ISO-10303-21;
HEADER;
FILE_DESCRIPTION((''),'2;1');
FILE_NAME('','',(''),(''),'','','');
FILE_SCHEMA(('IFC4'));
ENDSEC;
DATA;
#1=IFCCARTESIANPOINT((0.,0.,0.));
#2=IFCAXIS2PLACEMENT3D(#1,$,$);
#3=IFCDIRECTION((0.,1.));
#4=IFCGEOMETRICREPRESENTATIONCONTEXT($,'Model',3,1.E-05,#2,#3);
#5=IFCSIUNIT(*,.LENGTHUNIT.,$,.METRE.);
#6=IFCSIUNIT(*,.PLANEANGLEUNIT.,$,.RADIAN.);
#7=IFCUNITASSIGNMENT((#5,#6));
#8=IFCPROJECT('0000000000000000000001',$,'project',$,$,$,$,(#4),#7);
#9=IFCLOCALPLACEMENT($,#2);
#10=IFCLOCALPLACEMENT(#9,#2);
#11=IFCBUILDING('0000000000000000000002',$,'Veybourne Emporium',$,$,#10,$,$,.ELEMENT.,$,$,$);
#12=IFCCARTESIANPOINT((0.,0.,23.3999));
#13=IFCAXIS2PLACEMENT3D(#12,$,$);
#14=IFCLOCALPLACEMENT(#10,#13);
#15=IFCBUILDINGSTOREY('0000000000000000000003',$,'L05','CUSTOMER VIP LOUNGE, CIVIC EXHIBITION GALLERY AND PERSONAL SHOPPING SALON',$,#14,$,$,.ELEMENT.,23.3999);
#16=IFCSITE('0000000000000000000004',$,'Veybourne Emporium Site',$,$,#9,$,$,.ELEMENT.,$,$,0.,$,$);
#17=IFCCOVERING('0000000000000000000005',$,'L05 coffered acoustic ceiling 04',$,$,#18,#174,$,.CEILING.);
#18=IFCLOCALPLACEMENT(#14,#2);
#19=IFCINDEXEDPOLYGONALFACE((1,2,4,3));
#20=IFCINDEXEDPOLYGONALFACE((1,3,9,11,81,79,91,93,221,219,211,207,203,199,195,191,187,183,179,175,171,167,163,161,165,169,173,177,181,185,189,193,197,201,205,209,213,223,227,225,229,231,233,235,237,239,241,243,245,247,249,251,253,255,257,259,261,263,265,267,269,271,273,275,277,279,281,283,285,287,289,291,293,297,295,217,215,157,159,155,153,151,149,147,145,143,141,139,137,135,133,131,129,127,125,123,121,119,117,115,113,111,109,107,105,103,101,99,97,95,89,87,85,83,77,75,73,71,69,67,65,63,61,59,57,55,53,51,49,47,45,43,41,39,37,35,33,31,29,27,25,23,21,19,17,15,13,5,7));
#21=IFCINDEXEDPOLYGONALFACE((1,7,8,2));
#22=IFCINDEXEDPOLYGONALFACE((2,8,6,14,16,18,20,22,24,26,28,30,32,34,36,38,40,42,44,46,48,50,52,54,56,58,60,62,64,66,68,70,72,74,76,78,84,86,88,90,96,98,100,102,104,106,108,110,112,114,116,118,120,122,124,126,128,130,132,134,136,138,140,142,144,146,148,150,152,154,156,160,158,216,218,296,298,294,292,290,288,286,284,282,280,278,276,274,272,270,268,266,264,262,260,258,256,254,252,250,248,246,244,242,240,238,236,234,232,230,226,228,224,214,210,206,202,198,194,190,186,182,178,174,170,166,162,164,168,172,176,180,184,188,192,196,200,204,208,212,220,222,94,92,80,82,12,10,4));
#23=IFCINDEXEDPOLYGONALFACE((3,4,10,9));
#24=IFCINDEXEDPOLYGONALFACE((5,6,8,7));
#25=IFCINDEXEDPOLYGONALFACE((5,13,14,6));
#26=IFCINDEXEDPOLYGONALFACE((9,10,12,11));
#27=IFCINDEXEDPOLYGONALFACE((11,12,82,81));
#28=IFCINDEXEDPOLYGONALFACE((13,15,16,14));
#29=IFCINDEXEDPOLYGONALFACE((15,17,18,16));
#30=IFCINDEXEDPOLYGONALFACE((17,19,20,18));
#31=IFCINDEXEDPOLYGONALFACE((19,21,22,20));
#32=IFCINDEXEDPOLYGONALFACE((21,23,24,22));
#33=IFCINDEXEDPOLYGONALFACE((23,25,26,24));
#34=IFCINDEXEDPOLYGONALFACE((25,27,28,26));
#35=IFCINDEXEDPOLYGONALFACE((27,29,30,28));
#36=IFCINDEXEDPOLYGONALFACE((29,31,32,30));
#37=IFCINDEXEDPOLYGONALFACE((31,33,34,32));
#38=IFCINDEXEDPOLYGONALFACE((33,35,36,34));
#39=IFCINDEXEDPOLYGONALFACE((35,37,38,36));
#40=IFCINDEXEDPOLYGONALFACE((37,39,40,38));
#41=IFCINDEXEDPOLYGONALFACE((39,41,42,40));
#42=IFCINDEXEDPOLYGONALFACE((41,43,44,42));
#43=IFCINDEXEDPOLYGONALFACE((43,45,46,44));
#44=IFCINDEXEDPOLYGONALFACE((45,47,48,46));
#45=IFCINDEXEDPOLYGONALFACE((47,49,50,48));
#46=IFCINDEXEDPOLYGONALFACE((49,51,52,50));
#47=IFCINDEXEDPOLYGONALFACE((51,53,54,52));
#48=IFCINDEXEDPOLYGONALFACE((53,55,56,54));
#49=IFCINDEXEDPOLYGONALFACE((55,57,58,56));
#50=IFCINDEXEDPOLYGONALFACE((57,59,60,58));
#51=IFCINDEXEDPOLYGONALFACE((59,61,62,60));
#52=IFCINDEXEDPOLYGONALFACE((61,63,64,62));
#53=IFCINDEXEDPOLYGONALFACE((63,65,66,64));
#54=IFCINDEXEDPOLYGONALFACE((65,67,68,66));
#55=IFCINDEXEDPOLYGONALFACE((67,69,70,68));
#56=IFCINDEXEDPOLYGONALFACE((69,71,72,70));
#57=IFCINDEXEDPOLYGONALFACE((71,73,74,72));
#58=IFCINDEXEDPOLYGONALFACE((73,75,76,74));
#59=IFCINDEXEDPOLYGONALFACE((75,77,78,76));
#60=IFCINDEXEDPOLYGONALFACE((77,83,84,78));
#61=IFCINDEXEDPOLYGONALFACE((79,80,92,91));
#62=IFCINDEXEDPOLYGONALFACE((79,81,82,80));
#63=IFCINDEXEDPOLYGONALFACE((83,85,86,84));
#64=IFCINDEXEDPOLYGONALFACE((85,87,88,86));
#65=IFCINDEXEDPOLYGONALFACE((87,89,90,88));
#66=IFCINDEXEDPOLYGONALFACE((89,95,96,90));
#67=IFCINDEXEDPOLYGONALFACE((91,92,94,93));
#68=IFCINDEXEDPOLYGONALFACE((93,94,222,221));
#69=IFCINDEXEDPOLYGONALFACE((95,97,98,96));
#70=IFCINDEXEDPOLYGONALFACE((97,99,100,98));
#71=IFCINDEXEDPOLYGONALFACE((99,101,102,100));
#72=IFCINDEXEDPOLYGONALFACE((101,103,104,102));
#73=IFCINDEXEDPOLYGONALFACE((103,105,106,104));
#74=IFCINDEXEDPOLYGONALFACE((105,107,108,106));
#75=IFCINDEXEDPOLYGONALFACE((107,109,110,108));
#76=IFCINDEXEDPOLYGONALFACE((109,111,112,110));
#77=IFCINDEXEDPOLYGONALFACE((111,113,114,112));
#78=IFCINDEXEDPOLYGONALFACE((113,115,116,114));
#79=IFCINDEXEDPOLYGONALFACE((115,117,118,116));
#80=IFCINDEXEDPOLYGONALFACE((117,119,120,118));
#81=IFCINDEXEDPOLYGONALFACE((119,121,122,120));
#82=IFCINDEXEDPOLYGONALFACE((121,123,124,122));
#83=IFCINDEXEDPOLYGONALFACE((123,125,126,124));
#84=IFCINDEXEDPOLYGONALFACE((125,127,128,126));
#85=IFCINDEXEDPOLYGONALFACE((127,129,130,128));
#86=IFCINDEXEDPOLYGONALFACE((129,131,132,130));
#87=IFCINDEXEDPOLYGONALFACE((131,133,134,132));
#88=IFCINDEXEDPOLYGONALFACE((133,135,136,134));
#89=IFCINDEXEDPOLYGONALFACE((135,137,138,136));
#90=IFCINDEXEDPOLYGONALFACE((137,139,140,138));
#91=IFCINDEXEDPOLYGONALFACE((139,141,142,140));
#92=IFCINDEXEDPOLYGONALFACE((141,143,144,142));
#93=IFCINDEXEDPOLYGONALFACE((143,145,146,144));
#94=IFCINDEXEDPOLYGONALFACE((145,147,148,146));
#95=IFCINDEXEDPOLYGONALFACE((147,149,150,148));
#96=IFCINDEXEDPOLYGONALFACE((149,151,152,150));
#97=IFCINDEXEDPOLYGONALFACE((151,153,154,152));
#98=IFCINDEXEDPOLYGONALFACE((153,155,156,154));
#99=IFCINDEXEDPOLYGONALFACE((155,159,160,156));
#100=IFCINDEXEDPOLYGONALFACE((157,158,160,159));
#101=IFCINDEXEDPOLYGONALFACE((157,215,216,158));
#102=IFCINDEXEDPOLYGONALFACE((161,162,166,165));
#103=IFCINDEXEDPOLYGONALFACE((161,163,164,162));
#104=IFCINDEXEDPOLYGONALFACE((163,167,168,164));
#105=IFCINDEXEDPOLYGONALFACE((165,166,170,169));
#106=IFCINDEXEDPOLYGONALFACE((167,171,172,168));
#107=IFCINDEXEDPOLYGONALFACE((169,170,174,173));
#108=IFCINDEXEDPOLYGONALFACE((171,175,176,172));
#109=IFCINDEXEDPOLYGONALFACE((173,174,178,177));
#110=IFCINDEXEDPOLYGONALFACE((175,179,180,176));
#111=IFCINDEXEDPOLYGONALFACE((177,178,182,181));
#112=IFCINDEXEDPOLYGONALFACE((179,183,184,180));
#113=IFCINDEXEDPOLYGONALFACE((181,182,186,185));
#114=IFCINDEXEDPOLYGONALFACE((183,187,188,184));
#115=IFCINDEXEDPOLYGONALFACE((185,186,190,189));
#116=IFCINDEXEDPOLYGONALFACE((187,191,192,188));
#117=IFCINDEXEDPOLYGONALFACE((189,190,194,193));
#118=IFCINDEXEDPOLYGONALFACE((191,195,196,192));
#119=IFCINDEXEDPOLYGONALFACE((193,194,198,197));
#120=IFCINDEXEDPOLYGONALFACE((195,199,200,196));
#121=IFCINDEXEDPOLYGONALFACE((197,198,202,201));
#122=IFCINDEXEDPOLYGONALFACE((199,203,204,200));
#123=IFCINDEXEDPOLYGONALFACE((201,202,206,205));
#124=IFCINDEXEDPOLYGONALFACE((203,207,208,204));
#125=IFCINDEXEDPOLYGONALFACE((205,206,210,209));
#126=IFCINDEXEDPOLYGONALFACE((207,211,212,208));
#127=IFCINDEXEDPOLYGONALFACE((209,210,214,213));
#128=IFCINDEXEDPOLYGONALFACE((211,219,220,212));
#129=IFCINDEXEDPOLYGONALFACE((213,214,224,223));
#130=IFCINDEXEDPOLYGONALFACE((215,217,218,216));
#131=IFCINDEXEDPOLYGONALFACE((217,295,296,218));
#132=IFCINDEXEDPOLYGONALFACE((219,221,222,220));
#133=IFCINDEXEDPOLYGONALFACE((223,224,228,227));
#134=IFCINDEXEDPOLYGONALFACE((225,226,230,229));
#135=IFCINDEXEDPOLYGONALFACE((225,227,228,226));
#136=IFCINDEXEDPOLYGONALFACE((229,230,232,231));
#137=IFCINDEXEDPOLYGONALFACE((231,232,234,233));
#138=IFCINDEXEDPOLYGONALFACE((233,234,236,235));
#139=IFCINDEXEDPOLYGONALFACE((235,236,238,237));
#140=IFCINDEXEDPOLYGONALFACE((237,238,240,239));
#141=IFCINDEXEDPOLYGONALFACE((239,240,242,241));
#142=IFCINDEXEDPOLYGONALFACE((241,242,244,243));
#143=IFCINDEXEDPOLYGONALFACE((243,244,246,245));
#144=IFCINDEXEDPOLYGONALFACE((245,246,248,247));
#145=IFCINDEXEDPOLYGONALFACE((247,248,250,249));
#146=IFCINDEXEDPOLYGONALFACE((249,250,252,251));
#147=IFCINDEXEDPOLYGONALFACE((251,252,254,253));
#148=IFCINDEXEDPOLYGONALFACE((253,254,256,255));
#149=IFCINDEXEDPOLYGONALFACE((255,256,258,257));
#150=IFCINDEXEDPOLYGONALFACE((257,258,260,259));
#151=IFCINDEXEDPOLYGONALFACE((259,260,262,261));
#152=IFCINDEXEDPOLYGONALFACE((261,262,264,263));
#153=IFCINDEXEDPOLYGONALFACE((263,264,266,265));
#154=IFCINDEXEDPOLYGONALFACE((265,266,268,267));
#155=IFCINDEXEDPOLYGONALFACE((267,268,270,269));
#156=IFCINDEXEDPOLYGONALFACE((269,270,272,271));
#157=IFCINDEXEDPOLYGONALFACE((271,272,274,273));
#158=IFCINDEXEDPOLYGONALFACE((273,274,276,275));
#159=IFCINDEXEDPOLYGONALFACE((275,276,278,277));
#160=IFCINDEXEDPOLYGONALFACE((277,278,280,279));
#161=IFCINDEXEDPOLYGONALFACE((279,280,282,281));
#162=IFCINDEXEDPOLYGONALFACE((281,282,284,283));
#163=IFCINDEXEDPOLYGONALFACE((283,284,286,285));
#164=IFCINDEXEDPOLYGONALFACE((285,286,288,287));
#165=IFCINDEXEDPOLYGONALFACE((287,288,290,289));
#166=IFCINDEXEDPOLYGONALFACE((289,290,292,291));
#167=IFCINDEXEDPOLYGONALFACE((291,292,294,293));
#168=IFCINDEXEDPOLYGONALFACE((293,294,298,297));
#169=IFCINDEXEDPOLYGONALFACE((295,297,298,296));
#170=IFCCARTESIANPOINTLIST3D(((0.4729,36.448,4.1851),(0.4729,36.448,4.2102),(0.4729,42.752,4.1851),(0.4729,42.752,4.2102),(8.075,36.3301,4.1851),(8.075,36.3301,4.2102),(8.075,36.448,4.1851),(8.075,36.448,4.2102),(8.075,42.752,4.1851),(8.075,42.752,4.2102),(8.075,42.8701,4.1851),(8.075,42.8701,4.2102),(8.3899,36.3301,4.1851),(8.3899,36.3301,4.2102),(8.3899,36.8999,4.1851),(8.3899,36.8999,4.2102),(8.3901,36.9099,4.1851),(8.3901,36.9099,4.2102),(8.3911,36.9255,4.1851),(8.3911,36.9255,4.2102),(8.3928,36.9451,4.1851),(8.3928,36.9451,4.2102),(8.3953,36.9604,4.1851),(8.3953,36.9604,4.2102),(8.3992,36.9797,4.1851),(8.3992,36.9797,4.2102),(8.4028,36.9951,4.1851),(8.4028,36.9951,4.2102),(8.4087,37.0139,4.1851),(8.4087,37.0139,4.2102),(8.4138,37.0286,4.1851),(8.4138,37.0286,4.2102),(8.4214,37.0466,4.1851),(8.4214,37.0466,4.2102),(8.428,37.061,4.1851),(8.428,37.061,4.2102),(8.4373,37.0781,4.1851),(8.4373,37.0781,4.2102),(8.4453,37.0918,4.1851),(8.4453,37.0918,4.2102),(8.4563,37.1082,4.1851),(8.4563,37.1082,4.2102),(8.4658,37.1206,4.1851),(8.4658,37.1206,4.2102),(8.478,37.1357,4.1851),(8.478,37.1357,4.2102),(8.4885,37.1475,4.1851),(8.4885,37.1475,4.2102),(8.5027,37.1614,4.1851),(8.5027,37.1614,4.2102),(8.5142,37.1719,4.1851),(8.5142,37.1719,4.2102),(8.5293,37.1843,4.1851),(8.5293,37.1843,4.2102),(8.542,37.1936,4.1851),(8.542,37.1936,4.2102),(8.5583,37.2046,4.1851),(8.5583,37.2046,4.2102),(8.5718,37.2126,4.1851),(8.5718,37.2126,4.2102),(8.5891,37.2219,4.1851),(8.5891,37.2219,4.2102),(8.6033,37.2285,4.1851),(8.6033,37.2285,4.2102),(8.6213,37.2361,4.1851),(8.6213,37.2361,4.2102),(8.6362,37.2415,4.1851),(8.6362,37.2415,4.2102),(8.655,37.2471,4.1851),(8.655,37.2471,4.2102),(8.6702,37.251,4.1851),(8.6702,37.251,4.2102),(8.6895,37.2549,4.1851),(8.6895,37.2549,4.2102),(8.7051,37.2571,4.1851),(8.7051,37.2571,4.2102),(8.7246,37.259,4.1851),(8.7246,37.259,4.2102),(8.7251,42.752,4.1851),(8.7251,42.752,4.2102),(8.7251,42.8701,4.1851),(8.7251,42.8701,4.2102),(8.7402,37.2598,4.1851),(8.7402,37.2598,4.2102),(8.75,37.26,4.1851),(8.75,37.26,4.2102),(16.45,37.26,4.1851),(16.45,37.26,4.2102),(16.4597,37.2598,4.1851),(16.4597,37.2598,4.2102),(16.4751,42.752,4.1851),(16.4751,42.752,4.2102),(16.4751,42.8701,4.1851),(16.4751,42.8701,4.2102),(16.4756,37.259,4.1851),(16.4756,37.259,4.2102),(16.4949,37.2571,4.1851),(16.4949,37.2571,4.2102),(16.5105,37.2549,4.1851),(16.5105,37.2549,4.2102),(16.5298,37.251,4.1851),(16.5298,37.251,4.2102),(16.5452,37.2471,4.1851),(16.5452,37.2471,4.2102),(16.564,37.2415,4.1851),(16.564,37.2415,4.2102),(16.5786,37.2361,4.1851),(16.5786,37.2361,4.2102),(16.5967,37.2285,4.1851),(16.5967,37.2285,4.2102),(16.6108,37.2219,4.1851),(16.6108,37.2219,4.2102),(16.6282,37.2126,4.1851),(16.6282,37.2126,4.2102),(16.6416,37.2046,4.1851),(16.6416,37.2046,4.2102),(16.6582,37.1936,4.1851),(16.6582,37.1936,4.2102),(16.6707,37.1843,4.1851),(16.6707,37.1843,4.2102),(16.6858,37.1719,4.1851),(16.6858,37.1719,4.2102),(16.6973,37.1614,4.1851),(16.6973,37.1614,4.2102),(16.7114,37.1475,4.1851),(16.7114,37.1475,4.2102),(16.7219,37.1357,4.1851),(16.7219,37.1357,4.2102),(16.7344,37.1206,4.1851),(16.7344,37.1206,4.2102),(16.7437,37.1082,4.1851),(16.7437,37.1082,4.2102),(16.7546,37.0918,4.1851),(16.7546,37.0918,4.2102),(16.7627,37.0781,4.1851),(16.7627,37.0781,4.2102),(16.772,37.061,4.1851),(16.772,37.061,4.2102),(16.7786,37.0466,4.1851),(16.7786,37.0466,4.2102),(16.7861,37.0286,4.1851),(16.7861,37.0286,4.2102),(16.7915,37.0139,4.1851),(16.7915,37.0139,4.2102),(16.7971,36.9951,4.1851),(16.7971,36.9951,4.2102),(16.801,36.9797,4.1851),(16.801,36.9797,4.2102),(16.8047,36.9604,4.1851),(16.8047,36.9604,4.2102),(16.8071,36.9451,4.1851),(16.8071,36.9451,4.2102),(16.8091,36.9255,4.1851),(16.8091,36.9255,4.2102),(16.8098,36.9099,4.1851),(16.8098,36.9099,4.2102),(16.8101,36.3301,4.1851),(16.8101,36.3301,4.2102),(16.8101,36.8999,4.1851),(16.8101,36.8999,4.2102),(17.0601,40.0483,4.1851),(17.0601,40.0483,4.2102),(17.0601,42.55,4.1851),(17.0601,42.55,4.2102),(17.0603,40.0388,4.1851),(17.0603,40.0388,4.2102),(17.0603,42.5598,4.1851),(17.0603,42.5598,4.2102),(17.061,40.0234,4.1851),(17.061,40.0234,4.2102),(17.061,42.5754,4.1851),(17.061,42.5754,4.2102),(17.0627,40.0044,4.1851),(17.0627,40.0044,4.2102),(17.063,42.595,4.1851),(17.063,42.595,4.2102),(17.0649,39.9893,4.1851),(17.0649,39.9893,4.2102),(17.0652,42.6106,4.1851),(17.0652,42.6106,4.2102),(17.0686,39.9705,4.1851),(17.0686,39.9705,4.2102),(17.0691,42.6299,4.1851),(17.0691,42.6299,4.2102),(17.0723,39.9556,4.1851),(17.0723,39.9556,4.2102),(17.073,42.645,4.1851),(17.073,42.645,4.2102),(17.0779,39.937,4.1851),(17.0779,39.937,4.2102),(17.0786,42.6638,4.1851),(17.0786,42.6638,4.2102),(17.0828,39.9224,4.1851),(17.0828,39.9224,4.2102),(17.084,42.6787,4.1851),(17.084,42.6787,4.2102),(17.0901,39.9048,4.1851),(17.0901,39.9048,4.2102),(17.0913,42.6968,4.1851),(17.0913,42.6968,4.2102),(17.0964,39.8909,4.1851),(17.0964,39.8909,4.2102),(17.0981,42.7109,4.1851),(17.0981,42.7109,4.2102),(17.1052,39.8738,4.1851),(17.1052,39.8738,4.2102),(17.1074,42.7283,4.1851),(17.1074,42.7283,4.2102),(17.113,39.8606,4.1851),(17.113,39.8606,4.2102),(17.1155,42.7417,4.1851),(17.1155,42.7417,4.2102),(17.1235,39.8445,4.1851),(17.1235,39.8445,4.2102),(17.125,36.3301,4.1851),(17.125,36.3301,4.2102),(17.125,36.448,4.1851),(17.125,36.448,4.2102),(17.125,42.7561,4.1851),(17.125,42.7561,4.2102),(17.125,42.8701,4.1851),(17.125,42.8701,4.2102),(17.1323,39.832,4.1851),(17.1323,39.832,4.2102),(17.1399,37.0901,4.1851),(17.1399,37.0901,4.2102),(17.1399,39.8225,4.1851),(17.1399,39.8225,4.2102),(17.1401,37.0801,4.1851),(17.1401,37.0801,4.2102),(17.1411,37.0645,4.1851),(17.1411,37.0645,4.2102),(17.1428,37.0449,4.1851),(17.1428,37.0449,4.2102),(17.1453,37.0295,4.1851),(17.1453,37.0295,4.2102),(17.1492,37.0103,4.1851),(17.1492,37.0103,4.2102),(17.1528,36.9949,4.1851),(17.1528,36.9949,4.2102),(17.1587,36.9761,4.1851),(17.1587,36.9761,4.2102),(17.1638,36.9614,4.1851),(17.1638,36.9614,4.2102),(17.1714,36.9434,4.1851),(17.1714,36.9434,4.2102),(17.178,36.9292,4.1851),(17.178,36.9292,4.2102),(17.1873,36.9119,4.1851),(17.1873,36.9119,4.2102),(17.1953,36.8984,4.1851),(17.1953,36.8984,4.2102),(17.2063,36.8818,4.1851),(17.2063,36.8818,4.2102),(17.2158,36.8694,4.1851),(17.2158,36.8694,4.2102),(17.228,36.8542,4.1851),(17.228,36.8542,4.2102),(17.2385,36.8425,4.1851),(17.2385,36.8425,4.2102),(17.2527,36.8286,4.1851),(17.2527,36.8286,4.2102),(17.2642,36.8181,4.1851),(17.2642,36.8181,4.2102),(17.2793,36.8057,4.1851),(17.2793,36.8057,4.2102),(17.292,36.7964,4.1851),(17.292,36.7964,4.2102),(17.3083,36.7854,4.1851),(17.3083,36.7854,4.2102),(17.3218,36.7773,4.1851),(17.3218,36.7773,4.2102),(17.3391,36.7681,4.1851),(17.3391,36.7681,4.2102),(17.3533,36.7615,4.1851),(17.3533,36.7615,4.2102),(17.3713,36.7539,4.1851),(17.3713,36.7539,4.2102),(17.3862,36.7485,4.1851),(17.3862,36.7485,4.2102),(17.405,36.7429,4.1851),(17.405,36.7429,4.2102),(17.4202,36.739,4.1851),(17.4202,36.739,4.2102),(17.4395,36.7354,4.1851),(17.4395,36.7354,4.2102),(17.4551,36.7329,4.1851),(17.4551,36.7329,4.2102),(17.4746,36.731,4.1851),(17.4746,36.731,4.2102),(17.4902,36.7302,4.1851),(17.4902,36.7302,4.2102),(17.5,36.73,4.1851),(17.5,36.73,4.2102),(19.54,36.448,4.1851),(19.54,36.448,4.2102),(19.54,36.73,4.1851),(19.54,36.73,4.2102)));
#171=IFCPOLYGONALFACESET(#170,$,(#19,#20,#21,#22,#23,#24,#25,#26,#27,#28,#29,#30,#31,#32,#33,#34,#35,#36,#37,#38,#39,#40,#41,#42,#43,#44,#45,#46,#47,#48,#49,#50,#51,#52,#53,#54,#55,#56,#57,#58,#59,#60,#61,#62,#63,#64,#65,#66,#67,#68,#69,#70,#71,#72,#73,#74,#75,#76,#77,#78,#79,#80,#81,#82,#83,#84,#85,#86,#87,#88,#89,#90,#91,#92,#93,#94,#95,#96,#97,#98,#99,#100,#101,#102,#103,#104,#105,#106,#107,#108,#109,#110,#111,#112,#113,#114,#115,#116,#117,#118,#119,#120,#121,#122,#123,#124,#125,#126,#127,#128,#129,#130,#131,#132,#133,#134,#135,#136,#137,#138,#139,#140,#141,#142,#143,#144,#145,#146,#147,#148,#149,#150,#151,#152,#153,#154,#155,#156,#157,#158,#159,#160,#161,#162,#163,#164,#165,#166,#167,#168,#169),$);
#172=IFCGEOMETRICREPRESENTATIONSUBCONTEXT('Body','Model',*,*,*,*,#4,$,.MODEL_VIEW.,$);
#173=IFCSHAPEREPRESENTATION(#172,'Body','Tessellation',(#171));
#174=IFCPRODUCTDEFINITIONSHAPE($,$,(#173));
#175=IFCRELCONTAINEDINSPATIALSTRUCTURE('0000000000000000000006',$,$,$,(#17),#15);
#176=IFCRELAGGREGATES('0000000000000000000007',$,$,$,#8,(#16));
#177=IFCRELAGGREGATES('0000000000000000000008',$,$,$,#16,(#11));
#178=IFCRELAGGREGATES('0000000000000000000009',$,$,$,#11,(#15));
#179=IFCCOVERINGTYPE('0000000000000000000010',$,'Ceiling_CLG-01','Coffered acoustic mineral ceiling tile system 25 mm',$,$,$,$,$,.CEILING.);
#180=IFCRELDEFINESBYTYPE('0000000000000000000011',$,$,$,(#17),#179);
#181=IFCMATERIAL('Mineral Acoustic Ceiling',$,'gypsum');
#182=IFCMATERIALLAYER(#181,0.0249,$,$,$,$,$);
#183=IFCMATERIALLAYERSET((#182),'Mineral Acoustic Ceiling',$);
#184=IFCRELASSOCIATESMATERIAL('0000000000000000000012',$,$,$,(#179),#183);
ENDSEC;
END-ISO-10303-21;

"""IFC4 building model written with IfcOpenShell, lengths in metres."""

from ifc_helpers import new_model, si_unit, direction, frame, origin, place, context, subcontext, project, spatial, polyline, outline, extrude, material, layer, layer_set, type_object, element, save


model = new_model("IFC4")

# Units and contexts
model_context = context("Model", 3, precision=1e-05, world=origin(), true_north=direction((0.0, 1.0)))
body_context = subcontext(model_context, "Body", "Model", "MODEL_VIEW")
ifc_project = project(units=[si_unit("LENGTHUNIT", "METRE"), si_unit("PLANEANGLEUNIT", "RADIAN")], contexts=[model_context])

# Site, building, storey
site_placement = place(None, origin())
site = spatial("IfcSite", under=ifc_project, at=site_placement, Name="Veybourne Emporium Site", CompositionType="ELEMENT", RefElevation=0.0)
building_placement = place(site_placement, origin())
building = spatial("IfcBuilding", under=site, at=building_placement, Name="Veybourne Emporium", CompositionType="ELEMENT")
storey_placement = place(building_placement, frame((0.0, 0.0, 23.3999)))
storey = spatial("IfcBuildingStorey", under=building, at=storey_placement, Name="L05", Description="CUSTOMER VIP LOUNGE, CIVIC EXHIBITION GALLERY AND PERSONAL SHOPPING SALON", CompositionType="ELEMENT", Elevation=23.3999)

# Covering
ifc_material_1 = material(Name="Mineral Acoustic Ceiling", Category="gypsum")
ifc_layer_1 = layer(ifc_material_1, 0.0249)
ifc_layer_set_1 = layer_set([ifc_layer_1], Name="Mineral Acoustic Ceiling")
covering_type_1 = type_object("IfcCoveringType", Name="Ceiling_CLG-01", Description="Coffered acoustic mineral ceiling tile system 25 mm", PredefinedType="CEILING", material=ifc_layer_set_1)
covering_1_placement = place(storey_placement, frame((0.0, 0.0, 4.1851)))
element("IfcCovering", 1, at=covering_1_placement, inside=storey, type_object=covering_type_1, Name="L05 coffered acoustic ceiling 04", PredefinedType="CEILING", context=body_context, shape_type="SweptSolid", body=[
    extrude(outline(polyline([(8.7251, 42.8701), (8.7251, 42.752), (16.4751, 42.752), (16.4751, 42.8701), (17.125, 42.8701), (17.125, 42.7561), (17.1155, 42.7417), (17.1074, 42.7283), (17.0981, 42.7109), (17.0913, 42.6968), (17.084, 42.6787), (17.0786, 42.6638), (17.073, 42.645), (17.0691, 42.6299), (17.0652, 42.6106), (17.063, 42.595), (17.061, 42.5754), (17.0603, 42.5598), (17.0601, 42.55), (17.0601, 40.0483), (17.0603, 40.0388), (17.061, 40.0234), (17.0627, 40.0044), (17.0649, 39.9893), (17.0686, 39.9705), (17.0723, 39.9556), (17.0779, 39.937), (17.0828, 39.9224), (17.0901, 39.9048), (17.0964, 39.8909), (17.1052, 39.8738), (17.113, 39.8606), (17.1235, 39.8445), (17.1323, 39.832), (17.1399, 39.8225), (17.1399, 37.0901), (17.1401, 37.0801), (17.1411, 37.0645), (17.1428, 37.0449), (17.1453, 37.0295), (17.1492, 37.0103), (17.1528, 36.9949), (17.1587, 36.9761), (17.1638, 36.9614), (17.1714, 36.9434), (17.178, 36.9292), (17.1873, 36.9119), (17.1953, 36.8984), (17.2063, 36.8818), (17.2158, 36.8694), (17.228, 36.8542), (17.2385, 36.8425), (17.2527, 36.8286), (17.2642, 36.8181), (17.2793, 36.8057), (17.292, 36.7964), (17.3083, 36.7854), (17.3218, 36.7773), (17.3391, 36.7681), (17.3533, 36.7615), (17.3713, 36.7539), (17.3862, 36.7485), (17.405, 36.7429), (17.4202, 36.739), (17.4395, 36.7354), (17.4551, 36.7329), (17.4746, 36.731), (17.4902, 36.7302), (17.5, 36.73), (19.54, 36.73), (19.54, 36.448), (17.125, 36.448), (17.125, 36.3301), (16.8101, 36.3301), (16.8101, 36.8999), (16.8098, 36.9099), (16.8091, 36.9255), (16.8071, 36.9451), (16.8047, 36.9604), (16.801, 36.9797), (16.7971, 36.9951), (16.7915, 37.0139), (16.7861, 37.0286), (16.7786, 37.0466), (16.772, 37.061), (16.7627, 37.0781), (16.7546, 37.0918), (16.7437, 37.1082), (16.7344, 37.1206), (16.7219, 37.1357), (16.7114, 37.1475), (16.6973, 37.1614), (16.6858, 37.1719), (16.6707, 37.1843), (16.6582, 37.1936), (16.6416, 37.2046), (16.6282, 37.2126), (16.6108, 37.2219), (16.5967, 37.2285), (16.5786, 37.2361), (16.564, 37.2415), (16.5452, 37.2471), (16.5298, 37.251), (16.5105, 37.2549), (16.4949, 37.2571), (16.4756, 37.259), (16.4597, 37.2598), (16.45, 37.26), (8.75, 37.26), (8.7402, 37.2598), (8.7246, 37.259), (8.7051, 37.2571), (8.6895, 37.2549), (8.6702, 37.251), (8.655, 37.2471), (8.6362, 37.2415), (8.6213, 37.2361), (8.6033, 37.2285), (8.5891, 37.2219), (8.5718, 37.2126), (8.5583, 37.2046), (8.542, 37.1936), (8.5293, 37.1843), (8.5142, 37.1719), (8.5027, 37.1614), (8.4885, 37.1475), (8.478, 37.1357), (8.4658, 37.1206), (8.4563, 37.1082), (8.4453, 37.0918), (8.4373, 37.0781), (8.428, 37.061), (8.4214, 37.0466), (8.4138, 37.0286), (8.4087, 37.0139), (8.4028, 36.9951), (8.3992, 36.9797), (8.3953, 36.9604), (8.3928, 36.9451), (8.3911, 36.9255), (8.3901, 36.9099), (8.3899, 36.8999), (8.3899, 36.3301), (8.075, 36.3301), (8.075, 36.448), (0.4729, 36.448), (0.4729, 42.752), (8.075, 42.752), (8.075, 42.8701), (8.7251, 42.8701)])), origin(), (0.0, 0.0, 1.0), 0.0251),
])

save(model, "model.ifc")
